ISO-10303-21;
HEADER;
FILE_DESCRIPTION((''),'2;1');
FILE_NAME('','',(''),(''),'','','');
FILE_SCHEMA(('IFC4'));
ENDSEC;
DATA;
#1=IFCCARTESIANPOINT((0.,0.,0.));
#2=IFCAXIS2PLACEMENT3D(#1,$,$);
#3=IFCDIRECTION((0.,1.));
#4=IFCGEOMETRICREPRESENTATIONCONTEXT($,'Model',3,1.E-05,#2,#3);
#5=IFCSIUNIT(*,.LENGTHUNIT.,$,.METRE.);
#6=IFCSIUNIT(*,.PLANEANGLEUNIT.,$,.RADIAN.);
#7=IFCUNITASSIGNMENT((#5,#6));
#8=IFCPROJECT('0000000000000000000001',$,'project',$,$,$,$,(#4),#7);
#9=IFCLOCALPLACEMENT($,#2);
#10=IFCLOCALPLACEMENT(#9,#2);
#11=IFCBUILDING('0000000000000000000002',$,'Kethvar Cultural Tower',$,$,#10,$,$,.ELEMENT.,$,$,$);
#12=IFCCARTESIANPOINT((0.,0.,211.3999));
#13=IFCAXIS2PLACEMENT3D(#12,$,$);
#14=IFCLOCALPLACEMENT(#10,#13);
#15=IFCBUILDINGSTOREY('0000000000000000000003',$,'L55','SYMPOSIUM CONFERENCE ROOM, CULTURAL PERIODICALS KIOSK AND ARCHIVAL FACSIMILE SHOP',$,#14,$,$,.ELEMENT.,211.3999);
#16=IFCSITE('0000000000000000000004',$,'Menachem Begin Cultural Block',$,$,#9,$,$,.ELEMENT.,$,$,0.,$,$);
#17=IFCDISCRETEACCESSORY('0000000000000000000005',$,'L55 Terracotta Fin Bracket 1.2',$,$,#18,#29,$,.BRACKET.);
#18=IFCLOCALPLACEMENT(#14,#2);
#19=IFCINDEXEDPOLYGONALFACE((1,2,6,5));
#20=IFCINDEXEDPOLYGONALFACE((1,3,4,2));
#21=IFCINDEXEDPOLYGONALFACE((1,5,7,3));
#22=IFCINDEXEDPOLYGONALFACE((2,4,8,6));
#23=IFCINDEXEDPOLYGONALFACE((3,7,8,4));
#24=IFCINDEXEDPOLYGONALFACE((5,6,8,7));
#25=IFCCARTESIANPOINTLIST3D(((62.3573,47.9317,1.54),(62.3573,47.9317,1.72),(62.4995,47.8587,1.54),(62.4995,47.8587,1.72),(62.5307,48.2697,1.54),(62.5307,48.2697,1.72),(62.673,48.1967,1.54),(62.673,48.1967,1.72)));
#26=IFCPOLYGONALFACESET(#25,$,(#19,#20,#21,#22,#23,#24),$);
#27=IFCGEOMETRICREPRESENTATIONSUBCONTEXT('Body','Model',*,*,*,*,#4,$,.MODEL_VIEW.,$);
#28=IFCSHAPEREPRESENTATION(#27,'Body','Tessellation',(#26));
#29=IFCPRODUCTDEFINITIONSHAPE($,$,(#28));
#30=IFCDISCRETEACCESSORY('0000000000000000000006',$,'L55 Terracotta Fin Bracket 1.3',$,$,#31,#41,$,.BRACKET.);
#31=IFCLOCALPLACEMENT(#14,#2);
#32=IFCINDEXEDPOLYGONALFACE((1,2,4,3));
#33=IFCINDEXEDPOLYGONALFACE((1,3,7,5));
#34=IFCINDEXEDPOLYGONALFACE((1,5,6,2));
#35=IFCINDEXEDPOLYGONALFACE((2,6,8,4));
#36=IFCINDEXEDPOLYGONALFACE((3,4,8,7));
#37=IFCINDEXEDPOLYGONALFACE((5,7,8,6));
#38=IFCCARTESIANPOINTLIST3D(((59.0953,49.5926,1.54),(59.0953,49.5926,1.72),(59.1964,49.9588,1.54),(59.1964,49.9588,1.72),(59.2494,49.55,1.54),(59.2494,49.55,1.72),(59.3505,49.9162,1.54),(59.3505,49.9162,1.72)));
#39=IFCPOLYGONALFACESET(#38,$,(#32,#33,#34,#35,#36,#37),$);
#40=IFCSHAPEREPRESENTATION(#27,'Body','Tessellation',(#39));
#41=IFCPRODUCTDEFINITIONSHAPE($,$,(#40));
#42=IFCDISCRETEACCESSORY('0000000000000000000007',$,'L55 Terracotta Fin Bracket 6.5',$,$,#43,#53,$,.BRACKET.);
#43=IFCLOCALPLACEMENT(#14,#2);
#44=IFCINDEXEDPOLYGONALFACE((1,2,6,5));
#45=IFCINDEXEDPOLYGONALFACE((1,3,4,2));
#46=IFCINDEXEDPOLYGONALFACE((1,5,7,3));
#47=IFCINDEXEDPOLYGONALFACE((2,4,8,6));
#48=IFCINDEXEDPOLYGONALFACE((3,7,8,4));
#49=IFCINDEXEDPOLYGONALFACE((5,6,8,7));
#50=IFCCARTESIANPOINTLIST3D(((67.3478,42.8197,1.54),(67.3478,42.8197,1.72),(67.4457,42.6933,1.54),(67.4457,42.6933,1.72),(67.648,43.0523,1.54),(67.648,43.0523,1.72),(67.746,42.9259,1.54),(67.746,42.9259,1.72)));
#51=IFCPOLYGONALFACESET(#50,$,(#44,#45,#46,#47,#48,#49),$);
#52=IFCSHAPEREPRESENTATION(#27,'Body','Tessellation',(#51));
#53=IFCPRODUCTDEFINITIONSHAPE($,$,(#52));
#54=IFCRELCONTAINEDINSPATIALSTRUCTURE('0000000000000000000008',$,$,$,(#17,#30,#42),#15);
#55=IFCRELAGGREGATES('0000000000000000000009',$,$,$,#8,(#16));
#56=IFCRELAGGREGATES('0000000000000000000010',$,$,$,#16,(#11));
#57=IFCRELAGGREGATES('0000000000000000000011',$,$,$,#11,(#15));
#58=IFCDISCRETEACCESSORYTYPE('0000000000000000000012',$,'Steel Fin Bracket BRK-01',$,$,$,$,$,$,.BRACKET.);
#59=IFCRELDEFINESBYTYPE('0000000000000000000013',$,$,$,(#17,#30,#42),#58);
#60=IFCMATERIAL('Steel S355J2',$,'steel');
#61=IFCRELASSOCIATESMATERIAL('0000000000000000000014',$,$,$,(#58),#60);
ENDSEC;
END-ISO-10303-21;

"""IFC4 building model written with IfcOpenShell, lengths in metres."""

from ifc_helpers import new_model, si_unit, direction, frame, origin, origin_2d, place, context, subcontext, project, spatial, rectangle, extrude, source, transform, mapped, material, type_object, element, save


model = new_model("IFC4")

# Units and contexts
model_context = context("Model", 3, precision=1e-05, world=origin(), true_north=direction((0.0, 1.0)))
body_context = subcontext(model_context, "Body", "Model", "MODEL_VIEW")
ifc_project = project(units=[si_unit("LENGTHUNIT", "METRE"), si_unit("PLANEANGLEUNIT", "RADIAN")], contexts=[model_context])

# Site, building, storey
site_placement = place(None, origin())
site = spatial("IfcSite", under=ifc_project, at=site_placement, Name="Menachem Begin Cultural Block", CompositionType="ELEMENT", RefElevation=0.0)
building_placement = place(site_placement, origin())
building = spatial("IfcBuilding", under=site, at=building_placement, Name="Kethvar Cultural Tower", CompositionType="ELEMENT")
storey_placement = place(building_placement, frame((0.0, 0.0, 211.3999)))
storey = spatial("IfcBuildingStorey", under=building, at=storey_placement, Name="L55", Description="SYMPOSIUM CONFERENCE ROOM, CULTURAL PERIODICALS KIOSK AND ARCHIVAL FACSIMILE SHOP", CompositionType="ELEMENT", Elevation=211.3999)

# Shared definitions
ifc_material_1 = material(Name="Steel S355J2", Category="steel")

# Discrete accessories
discrete_accessory_type = type_object("IfcDiscreteAccessoryType", Name="Steel Fin Bracket BRK-01", PredefinedType="BRACKET", material=ifc_material_1)
shared_shape_1 = source(origin(), body_context, "Body", "SweptSolid", [
    extrude(rectangle(XDim=0.3799, YDim=0.1599, at=origin_2d()), origin(), (0.0, 0.0, 1.0), 0.1799),
])
for number, where, z_axis, x_axis, name in (
    (1, (62.5151, 48.0642, 1.54), (0.0, 0.0, 1.0), (0.456632, 0.889656, 0.0), "L55 Terracotta Fin Bracket 1.2"),
    (2, (59.2229, 49.7544, 1.54), (0.0, 0.0, 1.0), (0.266229, 0.96391, 0.0), "L55 Terracotta Fin Bracket 1.3"),
    (3, (67.5469, 42.8728, 1.54), (0.0, 0.0, 1.0), (0.790476, 0.612493, 0.0), "L55 Terracotta Fin Bracket 6.5"),
):
    element("IfcDiscreteAccessory", number, at=place(storey_placement, frame(where, z_axis=z_axis, x_axis=x_axis)), inside=storey, type_object=discrete_accessory_type, Name=name, PredefinedType="BRACKET", context=body_context, shape_type="MappedRepresentation", body=[
        mapped(shared_shape_1, transform((0.0, 0.0, 0.0), scale=1.0)),
    ])

save(model, "model.ifc")
